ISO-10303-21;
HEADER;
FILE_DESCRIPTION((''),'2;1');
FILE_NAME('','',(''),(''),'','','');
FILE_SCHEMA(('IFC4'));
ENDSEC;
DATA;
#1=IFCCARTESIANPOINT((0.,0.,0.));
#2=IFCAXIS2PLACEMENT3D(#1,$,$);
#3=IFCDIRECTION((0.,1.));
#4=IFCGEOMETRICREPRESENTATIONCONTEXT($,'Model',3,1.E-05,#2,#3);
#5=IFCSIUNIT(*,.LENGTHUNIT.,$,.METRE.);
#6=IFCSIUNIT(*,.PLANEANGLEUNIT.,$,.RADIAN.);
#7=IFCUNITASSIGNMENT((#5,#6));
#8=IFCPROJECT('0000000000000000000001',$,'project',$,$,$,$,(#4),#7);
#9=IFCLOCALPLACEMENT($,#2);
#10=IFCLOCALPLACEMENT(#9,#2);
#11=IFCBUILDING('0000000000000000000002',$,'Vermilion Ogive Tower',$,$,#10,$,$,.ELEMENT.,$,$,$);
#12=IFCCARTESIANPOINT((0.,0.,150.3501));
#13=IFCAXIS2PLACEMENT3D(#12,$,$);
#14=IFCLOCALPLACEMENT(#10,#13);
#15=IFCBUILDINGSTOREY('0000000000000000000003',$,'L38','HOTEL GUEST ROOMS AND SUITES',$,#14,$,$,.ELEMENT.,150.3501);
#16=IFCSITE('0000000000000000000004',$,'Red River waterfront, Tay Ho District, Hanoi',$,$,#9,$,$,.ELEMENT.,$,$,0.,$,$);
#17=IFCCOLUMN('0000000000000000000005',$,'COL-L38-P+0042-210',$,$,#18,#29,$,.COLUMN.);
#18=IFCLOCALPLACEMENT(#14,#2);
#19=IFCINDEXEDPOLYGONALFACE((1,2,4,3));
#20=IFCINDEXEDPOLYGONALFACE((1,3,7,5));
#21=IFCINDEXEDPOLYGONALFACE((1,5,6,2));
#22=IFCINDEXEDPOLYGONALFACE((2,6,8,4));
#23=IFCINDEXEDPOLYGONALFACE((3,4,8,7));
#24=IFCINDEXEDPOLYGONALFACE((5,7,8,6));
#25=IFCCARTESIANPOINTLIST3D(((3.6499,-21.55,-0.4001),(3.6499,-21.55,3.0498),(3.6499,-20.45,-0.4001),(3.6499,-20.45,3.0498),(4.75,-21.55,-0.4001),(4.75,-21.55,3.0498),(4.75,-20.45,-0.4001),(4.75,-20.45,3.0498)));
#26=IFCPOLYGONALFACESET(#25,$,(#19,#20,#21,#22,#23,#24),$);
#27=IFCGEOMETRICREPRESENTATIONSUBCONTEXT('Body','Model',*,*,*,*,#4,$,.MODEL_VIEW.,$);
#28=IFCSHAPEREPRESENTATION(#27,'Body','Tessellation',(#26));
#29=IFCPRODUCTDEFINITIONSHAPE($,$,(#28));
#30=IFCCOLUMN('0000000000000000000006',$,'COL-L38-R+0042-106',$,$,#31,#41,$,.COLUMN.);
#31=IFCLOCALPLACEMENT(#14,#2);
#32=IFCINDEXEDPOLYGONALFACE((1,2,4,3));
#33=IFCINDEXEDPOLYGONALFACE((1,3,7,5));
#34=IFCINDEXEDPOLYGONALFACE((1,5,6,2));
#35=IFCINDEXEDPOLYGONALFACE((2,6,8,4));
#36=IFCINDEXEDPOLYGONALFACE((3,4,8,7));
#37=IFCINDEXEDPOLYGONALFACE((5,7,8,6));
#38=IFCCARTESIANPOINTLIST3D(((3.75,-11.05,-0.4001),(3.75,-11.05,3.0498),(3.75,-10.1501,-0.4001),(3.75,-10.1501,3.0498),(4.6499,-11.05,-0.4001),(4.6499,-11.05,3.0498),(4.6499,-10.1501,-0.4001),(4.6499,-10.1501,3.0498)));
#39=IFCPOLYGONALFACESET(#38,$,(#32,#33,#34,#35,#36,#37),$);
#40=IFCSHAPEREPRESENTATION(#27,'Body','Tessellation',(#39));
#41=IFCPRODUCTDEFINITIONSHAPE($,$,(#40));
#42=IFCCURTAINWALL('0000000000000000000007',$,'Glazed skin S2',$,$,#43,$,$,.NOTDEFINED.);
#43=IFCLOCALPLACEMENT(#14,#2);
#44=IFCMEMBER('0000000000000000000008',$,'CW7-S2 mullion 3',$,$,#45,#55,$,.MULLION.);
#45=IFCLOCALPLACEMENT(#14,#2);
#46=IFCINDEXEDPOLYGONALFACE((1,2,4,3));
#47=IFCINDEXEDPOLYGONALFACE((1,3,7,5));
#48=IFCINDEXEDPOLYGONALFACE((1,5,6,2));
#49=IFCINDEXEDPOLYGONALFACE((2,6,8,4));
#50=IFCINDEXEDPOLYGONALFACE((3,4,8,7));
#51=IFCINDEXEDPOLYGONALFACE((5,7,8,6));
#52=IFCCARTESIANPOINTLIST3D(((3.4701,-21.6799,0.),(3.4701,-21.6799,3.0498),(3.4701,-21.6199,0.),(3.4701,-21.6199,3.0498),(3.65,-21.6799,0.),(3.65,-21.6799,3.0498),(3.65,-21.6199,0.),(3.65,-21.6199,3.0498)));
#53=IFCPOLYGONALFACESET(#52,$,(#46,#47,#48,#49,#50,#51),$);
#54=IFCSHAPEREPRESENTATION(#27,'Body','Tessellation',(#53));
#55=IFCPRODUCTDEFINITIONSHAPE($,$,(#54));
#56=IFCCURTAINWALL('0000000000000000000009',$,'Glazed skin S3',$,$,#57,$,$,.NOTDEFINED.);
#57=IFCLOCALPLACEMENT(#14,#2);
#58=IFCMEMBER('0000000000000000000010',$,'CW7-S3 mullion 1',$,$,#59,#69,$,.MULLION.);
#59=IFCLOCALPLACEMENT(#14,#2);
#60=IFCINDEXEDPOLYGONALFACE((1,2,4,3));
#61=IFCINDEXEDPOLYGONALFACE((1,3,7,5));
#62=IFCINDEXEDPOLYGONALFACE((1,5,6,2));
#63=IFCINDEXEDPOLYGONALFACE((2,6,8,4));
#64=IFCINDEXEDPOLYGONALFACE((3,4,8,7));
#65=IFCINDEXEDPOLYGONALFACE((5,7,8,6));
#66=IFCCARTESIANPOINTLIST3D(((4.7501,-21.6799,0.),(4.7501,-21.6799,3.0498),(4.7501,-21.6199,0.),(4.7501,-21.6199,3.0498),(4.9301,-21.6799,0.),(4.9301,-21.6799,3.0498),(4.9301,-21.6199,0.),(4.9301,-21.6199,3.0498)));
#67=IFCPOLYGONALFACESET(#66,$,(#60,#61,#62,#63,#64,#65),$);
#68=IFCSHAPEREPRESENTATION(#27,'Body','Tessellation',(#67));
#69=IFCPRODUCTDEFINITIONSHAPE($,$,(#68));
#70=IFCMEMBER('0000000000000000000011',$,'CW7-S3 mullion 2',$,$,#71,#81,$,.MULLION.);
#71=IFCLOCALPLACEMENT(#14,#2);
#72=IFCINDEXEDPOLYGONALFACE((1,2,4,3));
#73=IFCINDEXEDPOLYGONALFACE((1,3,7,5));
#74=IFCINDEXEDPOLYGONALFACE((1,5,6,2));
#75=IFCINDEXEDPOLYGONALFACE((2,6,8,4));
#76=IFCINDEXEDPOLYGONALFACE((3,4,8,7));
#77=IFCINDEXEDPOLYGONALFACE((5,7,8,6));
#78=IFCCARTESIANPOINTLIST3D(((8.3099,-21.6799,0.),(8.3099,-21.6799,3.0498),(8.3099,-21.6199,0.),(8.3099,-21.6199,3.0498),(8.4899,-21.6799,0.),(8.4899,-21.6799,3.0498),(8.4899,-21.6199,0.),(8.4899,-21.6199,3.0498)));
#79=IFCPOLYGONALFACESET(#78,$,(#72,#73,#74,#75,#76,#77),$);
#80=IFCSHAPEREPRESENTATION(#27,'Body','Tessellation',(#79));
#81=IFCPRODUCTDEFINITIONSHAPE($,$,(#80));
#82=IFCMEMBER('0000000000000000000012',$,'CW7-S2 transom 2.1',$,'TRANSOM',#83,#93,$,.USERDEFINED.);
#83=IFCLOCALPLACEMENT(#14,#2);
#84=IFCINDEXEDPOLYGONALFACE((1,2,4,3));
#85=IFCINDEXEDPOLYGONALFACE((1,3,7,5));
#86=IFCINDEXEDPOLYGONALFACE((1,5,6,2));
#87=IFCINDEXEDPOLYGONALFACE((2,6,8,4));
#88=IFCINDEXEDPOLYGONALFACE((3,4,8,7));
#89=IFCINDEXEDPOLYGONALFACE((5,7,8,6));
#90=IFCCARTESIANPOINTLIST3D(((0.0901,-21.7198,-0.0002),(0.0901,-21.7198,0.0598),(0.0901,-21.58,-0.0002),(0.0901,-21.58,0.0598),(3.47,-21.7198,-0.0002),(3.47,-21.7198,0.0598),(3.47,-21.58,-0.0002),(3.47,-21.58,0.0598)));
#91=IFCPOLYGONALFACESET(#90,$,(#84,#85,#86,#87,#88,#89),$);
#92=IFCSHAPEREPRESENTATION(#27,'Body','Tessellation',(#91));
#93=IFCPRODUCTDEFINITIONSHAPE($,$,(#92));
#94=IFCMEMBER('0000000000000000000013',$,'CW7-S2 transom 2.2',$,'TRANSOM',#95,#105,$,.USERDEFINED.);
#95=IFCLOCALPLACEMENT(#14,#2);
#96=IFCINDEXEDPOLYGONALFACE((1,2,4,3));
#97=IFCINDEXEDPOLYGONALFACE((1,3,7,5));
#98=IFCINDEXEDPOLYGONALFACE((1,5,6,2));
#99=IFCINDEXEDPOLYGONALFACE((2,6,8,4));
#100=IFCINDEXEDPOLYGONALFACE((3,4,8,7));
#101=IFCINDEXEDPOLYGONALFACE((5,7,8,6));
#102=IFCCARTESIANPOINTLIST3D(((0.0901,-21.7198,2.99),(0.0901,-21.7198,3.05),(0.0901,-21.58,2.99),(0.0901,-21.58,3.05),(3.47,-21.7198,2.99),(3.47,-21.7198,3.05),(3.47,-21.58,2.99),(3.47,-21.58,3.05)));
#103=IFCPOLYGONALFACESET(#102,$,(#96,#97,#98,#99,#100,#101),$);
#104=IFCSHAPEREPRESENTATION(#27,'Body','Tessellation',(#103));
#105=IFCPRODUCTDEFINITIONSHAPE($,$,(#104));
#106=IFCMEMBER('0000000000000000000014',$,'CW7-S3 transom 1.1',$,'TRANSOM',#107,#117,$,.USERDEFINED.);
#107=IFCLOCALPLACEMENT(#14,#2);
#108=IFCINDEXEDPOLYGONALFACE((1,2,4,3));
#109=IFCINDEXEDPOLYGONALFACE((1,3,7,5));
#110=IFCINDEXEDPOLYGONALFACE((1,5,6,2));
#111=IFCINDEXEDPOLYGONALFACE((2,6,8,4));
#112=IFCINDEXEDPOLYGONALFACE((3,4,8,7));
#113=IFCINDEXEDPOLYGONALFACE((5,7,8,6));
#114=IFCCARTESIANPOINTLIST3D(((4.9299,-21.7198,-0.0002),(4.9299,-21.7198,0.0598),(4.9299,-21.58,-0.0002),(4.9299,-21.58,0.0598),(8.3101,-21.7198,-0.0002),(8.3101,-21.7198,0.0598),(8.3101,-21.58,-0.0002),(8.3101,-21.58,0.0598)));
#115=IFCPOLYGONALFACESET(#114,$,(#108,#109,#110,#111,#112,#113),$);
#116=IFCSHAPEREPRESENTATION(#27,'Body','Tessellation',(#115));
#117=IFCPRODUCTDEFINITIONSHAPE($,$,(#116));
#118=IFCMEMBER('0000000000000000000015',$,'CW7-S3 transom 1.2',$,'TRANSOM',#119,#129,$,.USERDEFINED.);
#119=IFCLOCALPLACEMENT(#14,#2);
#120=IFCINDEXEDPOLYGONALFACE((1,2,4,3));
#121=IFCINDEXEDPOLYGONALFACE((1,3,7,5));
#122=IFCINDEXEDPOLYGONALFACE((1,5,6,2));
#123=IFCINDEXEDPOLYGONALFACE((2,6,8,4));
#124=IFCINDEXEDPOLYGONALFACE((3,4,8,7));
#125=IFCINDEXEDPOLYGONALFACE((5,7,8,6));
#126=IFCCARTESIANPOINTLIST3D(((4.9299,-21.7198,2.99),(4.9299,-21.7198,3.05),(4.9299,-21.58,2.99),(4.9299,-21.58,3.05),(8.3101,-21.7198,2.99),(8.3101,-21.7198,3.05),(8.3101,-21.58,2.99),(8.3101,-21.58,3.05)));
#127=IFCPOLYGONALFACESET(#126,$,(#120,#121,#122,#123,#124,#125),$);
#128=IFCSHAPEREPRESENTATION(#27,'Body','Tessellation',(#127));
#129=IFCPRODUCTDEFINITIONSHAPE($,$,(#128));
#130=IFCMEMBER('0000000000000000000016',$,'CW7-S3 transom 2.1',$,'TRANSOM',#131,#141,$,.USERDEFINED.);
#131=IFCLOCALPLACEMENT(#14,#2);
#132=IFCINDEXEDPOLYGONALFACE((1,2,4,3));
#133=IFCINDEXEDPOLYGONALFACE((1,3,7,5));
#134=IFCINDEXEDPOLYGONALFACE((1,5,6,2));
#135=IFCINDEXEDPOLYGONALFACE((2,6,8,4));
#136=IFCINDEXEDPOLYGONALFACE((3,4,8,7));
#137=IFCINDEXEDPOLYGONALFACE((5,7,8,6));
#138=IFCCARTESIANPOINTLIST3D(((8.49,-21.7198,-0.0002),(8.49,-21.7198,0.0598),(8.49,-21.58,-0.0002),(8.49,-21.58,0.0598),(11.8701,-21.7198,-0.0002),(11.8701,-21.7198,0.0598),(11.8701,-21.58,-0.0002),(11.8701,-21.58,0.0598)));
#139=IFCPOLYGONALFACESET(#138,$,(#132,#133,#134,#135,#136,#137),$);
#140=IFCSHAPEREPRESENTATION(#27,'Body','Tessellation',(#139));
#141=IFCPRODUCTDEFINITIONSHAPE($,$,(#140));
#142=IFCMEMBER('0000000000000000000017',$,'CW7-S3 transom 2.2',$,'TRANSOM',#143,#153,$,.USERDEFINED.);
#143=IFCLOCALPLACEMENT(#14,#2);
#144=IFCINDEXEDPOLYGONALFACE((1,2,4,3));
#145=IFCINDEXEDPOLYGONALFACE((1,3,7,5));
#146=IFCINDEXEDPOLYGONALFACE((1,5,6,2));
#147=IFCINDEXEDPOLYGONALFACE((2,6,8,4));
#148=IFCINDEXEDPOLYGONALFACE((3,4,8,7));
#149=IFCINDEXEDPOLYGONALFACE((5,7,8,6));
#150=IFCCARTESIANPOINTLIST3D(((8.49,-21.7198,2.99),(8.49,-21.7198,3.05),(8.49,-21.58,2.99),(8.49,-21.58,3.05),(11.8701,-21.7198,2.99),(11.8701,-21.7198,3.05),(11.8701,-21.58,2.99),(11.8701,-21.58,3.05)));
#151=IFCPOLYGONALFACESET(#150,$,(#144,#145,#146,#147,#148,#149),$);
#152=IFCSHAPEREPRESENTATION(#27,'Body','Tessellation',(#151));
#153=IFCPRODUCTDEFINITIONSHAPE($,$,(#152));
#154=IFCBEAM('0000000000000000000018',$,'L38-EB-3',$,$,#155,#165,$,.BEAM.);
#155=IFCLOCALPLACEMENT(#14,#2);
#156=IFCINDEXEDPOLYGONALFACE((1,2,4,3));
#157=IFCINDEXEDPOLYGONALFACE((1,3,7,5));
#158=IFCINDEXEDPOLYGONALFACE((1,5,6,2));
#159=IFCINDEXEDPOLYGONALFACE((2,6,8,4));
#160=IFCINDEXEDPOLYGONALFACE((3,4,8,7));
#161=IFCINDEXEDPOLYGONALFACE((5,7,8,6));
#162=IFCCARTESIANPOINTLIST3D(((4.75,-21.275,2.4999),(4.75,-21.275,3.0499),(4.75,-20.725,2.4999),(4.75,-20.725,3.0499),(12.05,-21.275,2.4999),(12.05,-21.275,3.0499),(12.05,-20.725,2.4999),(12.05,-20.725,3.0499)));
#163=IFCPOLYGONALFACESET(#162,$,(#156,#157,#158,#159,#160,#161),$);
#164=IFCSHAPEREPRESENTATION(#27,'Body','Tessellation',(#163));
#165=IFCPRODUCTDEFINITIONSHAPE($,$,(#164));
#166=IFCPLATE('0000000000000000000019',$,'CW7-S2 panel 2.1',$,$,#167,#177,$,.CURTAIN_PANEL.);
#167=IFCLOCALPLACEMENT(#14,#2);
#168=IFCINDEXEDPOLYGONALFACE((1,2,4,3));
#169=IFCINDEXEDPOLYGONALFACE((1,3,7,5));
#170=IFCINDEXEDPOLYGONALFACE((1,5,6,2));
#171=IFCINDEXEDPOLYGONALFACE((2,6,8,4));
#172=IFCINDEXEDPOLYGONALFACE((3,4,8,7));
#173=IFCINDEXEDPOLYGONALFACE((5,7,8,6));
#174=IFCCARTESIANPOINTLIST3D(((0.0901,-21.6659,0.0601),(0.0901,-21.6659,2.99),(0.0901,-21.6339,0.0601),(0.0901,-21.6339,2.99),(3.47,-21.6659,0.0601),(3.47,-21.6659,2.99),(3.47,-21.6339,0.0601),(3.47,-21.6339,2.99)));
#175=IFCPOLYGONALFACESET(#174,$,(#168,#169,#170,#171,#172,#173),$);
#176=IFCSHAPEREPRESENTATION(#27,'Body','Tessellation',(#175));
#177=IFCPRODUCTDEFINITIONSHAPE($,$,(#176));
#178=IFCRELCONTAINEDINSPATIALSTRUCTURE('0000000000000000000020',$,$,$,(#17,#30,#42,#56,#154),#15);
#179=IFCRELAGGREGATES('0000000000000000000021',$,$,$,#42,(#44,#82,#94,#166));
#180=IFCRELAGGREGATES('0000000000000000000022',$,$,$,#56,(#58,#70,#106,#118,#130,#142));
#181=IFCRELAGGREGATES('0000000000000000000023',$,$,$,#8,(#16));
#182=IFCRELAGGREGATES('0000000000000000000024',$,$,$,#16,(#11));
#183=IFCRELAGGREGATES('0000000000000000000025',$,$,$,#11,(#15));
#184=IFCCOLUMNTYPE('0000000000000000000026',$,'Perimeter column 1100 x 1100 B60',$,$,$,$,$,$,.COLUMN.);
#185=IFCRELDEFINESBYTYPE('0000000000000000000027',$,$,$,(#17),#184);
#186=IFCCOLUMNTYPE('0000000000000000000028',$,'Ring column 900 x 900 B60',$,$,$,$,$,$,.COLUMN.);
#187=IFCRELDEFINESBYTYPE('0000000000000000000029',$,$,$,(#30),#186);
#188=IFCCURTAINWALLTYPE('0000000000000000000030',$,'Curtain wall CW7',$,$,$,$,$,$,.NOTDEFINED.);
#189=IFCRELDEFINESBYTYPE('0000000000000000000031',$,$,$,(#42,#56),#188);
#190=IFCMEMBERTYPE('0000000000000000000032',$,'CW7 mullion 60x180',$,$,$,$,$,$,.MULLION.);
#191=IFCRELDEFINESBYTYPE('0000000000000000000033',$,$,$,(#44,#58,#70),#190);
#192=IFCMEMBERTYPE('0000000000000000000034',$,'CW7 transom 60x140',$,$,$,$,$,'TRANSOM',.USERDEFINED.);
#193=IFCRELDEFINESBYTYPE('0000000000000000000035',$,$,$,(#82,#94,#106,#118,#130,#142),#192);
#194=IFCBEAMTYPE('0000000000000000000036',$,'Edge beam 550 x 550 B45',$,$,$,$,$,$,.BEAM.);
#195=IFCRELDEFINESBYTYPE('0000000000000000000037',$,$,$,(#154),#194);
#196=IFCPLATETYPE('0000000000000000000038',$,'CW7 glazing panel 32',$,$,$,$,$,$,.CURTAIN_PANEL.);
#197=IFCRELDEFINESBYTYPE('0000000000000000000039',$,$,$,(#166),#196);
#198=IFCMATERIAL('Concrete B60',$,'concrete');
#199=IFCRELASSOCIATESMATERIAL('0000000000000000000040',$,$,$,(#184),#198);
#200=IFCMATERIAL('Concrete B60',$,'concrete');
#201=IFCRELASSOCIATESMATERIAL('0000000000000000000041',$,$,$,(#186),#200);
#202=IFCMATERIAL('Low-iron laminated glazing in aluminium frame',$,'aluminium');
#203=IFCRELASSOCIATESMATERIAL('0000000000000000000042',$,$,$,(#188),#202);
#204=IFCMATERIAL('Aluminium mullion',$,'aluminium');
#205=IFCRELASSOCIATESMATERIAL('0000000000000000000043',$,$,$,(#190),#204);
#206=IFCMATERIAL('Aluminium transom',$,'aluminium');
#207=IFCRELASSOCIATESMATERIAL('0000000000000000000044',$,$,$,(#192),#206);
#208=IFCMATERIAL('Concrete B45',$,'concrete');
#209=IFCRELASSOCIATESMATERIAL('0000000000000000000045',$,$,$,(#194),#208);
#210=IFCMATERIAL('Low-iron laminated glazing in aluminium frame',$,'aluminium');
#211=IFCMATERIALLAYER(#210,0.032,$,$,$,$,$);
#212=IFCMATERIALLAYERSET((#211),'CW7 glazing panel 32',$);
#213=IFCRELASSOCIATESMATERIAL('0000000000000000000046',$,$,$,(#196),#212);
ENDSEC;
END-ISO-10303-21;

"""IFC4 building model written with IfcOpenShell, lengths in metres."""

from ifc_helpers import new_model, si_unit, direction, frame, origin, origin_2d, place, context, subcontext, project, spatial, rectangle, extrude, material, layer, layer_set, material_profile, profile_set, type_object, element, aggregate, save


model = new_model("IFC4")

# Units and contexts
model_context = context("Model", 3, precision=1e-05, world=origin(), true_north=direction((0.0, 1.0)))
body_context = subcontext(model_context, "Body", "Model", "MODEL_VIEW")
ifc_project = project(units=[si_unit("LENGTHUNIT", "METRE"), si_unit("PLANEANGLEUNIT", "RADIAN")], contexts=[model_context])

# Site, building, storey
site_placement = place(None, origin())
site = spatial("IfcSite", under=ifc_project, at=site_placement, Name="Red River waterfront, Tay Ho District, Hanoi", CompositionType="ELEMENT", RefElevation=0.0)
building_placement = place(site_placement, origin())
building = spatial("IfcBuilding", under=site, at=building_placement, Name="Vermilion Ogive Tower", CompositionType="ELEMENT")
storey_placement = place(building_placement, frame((0.0, 0.0, 150.3501)))
storey = spatial("IfcBuildingStorey", under=building, at=storey_placement, Name="L38", Description="HOTEL GUEST ROOMS AND SUITES", CompositionType="ELEMENT", Elevation=150.3501)

# Columns
ifc_material_1 = material(Name="Concrete B60", Category="concrete")
ifc_material_profile_1 = material_profile(ifc_material_1, rectangle(XDim=1.1001, YDim=1.1001, at=origin_2d()), Name="1100 x 1100")
ifc_profile_set_1 = profile_set([ifc_material_profile_1], Name="Concrete B60")
column_type_1 = type_object("IfcColumnType", Name="Perimeter column 1100 x 1100 B60", PredefinedType="COLUMN", material=ifc_profile_set_1)
column_1_placement = place(storey_placement, frame((4.2, -21.0, -0.4001), z_axis=(0.0, 0.0, 1.0), x_axis=(1.0, 0.0, 0.0)))
element("IfcColumn", 1, at=column_1_placement, inside=storey, type_object=column_type_1, Name="COL-L38-P+0042-210", PredefinedType="COLUMN", context=body_context, shape_type="SweptSolid", body=[
    extrude(rectangle(XDim=1.1001, YDim=1.1001, at=origin_2d()), origin(), (0.0, 0.0, 1.0), 3.45),
])
ifc_material_2 = material(Name="Concrete B60", Category="concrete")
ifc_material_profile_2 = material_profile(ifc_material_2, rectangle(XDim=0.8999, YDim=0.8999, at=origin_2d()), Name="900 x 900")
ifc_profile_set_2 = profile_set([ifc_material_profile_2], Name="Concrete B60")
column_type_2 = type_object("IfcColumnType", Name="Ring column 900 x 900 B60", PredefinedType="COLUMN", material=ifc_profile_set_2)
column_2_placement = place(storey_placement, frame((4.2, -10.6001, -0.4001), z_axis=(0.0, 0.0, 1.0), x_axis=(1.0, 0.0, 0.0)))
element("IfcColumn", 2, at=column_2_placement, inside=storey, type_object=column_type_2, Name="COL-L38-R+0042-106", PredefinedType="COLUMN", context=body_context, shape_type="SweptSolid", body=[
    extrude(rectangle(XDim=0.8999, YDim=0.8999, at=origin_2d()), origin(), (0.0, 0.0, 1.0), 3.45),
])

# Curtain wall, member
ifc_material_3 = material(Name="Low-iron laminated glazing in aluminium frame", Category="aluminium")
curtain_wall_type = type_object("IfcCurtainWallType", Name="Curtain wall CW7", PredefinedType="NOTDEFINED", material=ifc_material_3)
curtain_wall_1_placement = place(storey_placement, origin())
curtain_wall_1 = element("IfcCurtainWall", 3, at=curtain_wall_1_placement, inside=storey, type_object=curtain_wall_type, Name="Glazed skin S2", PredefinedType="NOTDEFINED")
ifc_material_4 = material(Name="Aluminium mullion", Category="aluminium")
ifc_material_profile_3 = material_profile(ifc_material_4, rectangle(XDim=0.0601, YDim=0.1799, at=origin_2d()), Name="AL 60x180")
ifc_profile_set_3 = profile_set([ifc_material_profile_3], Name="Aluminium mullion")
member_type_1 = type_object("IfcMemberType", Name="CW7 mullion 60x180", PredefinedType="MULLION", material=ifc_profile_set_3)
member_1_placement = place(storey_placement, frame((3.5601, -21.6499, 0.0), z_axis=(0.0, 0.0, 1.0), x_axis=(0.0, 1.0, 0.0)))
member_1 = element("IfcMember", 4, at=member_1_placement, type_object=member_type_1, Name="CW7-S2 mullion 3", PredefinedType="MULLION", context=body_context, shape_type="SweptSolid", body=[
    extrude(rectangle(XDim=0.0601, YDim=0.1799, at=origin_2d()), origin(), (0.0, 0.0, 1.0), 3.0498),
])

# Curtain wall, members
curtain_wall_2_placement = place(storey_placement, origin())
curtain_wall_2 = element("IfcCurtainWall", 5, at=curtain_wall_2_placement, inside=storey, type_object=curtain_wall_type, Name="Glazed skin S3", PredefinedType="NOTDEFINED")
member_2_placement = place(storey_placement, frame((4.8401, -21.6499, 0.0), z_axis=(0.0, 0.0, 1.0), x_axis=(0.0, 1.0, 0.0)))
member_2 = element("IfcMember", 6, at=member_2_placement, type_object=member_type_1, Name="CW7-S3 mullion 1", PredefinedType="MULLION", context=body_context, shape_type="SweptSolid", body=[
    extrude(rectangle(XDim=0.0601, YDim=0.1799, at=origin_2d()), origin(), (0.0, 0.0, 1.0), 3.0498),
])
member_3_placement = place(storey_placement, frame((8.3999, -21.6499, 0.0), z_axis=(0.0, 0.0, 1.0), x_axis=(0.0, 1.0, 0.0)))
member_3 = element("IfcMember", 7, at=member_3_placement, type_object=member_type_1, Name="CW7-S3 mullion 2", PredefinedType="MULLION", context=body_context, shape_type="SweptSolid", body=[
    extrude(rectangle(XDim=0.0601, YDim=0.1799, at=origin_2d()), origin(), (0.0, 0.0, 1.0), 3.0498),
])

# Members
ifc_material_5 = material(Name="Aluminium transom", Category="aluminium")
ifc_material_profile_4 = material_profile(ifc_material_5, rectangle(XDim=0.1399, YDim=0.0601, at=origin_2d()), Name="AL 60x140")
ifc_profile_set_4 = profile_set([ifc_material_profile_4], Name="Aluminium transom")
member_type_2 = type_object("IfcMemberType", Name="CW7 transom 60x140", ElementType="TRANSOM", PredefinedType="USERDEFINED", material=ifc_profile_set_4)
member_4_placement = place(storey_placement, frame((0.0901, -21.6499, 0.0298), z_axis=(1.0, 0.0, 0.0), x_axis=(0.0, 1.0, 0.0)))
member_4 = element("IfcMember", 8, at=member_4_placement, type_object=member_type_2, Name="CW7-S2 transom 2.1", ObjectType="TRANSOM", PredefinedType="USERDEFINED", context=body_context, shape_type="SweptSolid", body=[
    extrude(rectangle(XDim=0.1399, YDim=0.0601, at=origin_2d()), origin(), (0.0, 0.0, 1.0), 3.3799),
])
member_5_placement = place(storey_placement, frame((0.0901, -21.6499, 3.02), z_axis=(1.0, 0.0, 0.0), x_axis=(0.0, 1.0, 0.0)))
member_5 = element("IfcMember", 9, at=member_5_placement, type_object=member_type_2, Name="CW7-S2 transom 2.2", ObjectType="TRANSOM", PredefinedType="USERDEFINED", context=body_context, shape_type="SweptSolid", body=[
    extrude(rectangle(XDim=0.1399, YDim=0.0601, at=origin_2d()), origin(), (0.0, 0.0, 1.0), 3.3799),
])
member_6_placement = place(storey_placement, frame((4.9299, -21.6499, 0.0298), z_axis=(1.0, 0.0, 0.0), x_axis=(0.0, 1.0, 0.0)))
member_6 = element("IfcMember", 10, at=member_6_placement, type_object=member_type_2, Name="CW7-S3 transom 1.1", ObjectType="TRANSOM", PredefinedType="USERDEFINED", context=body_context, shape_type="SweptSolid", body=[
    extrude(rectangle(XDim=0.1399, YDim=0.0601, at=origin_2d()), origin(), (0.0, 0.0, 1.0), 3.3801),
])
member_7_placement = place(storey_placement, frame((4.9299, -21.6499, 3.02), z_axis=(1.0, 0.0, 0.0), x_axis=(0.0, 1.0, 0.0)))
member_7 = element("IfcMember", 11, at=member_7_placement, type_object=member_type_2, Name="CW7-S3 transom 1.2", ObjectType="TRANSOM", PredefinedType="USERDEFINED", context=body_context, shape_type="SweptSolid", body=[
    extrude(rectangle(XDim=0.1399, YDim=0.0601, at=origin_2d()), origin(), (0.0, 0.0, 1.0), 3.3801),
])
member_8_placement = place(storey_placement, frame((8.49, -21.6499, 0.0298), z_axis=(1.0, 0.0, 0.0), x_axis=(0.0, 1.0, 0.0)))
member_8 = element("IfcMember", 12, at=member_8_placement, type_object=member_type_2, Name="CW7-S3 transom 2.1", ObjectType="TRANSOM", PredefinedType="USERDEFINED", context=body_context, shape_type="SweptSolid", body=[
    extrude(rectangle(XDim=0.1399, YDim=0.0601, at=origin_2d()), origin(), (0.0, 0.0, 1.0), 3.3801),
])
member_9_placement = place(storey_placement, frame((8.49, -21.6499, 3.02), z_axis=(1.0, 0.0, 0.0), x_axis=(0.0, 1.0, 0.0)))
member_9 = element("IfcMember", 13, at=member_9_placement, type_object=member_type_2, Name="CW7-S3 transom 2.2", ObjectType="TRANSOM", PredefinedType="USERDEFINED", context=body_context, shape_type="SweptSolid", body=[
    extrude(rectangle(XDim=0.1399, YDim=0.0601, at=origin_2d()), origin(), (0.0, 0.0, 1.0), 3.3801),
])

# Beam
ifc_material_6 = material(Name="Concrete B45", Category="concrete")
ifc_material_profile_5 = material_profile(ifc_material_6, rectangle(XDim=0.55, YDim=0.55, at=origin_2d()), Name="550 x 550")
ifc_profile_set_5 = profile_set([ifc_material_profile_5], Name="Concrete B45")
beam_type = type_object("IfcBeamType", Name="Edge beam 550 x 550 B45", PredefinedType="BEAM", material=ifc_profile_set_5)
beam_placement = place(storey_placement, frame((4.75, -21.0, 2.7749), z_axis=(1.0, 0.0, 0.0), x_axis=(0.0, 1.0, 0.0)))
element("IfcBeam", 14, at=beam_placement, inside=storey, type_object=beam_type, Name="L38-EB-3", PredefinedType="BEAM", context=body_context, shape_type="SweptSolid", body=[
    extrude(rectangle(XDim=0.55, YDim=0.55, at=origin_2d()), origin(), (0.0, 0.0, 1.0), 7.3),
])

# Plate
ifc_material_7 = material(Name="Low-iron laminated glazing in aluminium frame", Category="aluminium")
ifc_layer_1 = layer(ifc_material_7, 0.032)
ifc_layer_set_1 = layer_set([ifc_layer_1], Name="CW7 glazing panel 32")
plate_type = type_object("IfcPlateType", Name="CW7 glazing panel 32", PredefinedType="CURTAIN_PANEL", material=ifc_layer_set_1)
plate_1_placement = place(storey_placement, frame((1.78, -21.6499, 0.0601), z_axis=(0.0, 0.0, 1.0), x_axis=(1.0, 0.0, 0.0)))
plate_1 = element("IfcPlate", 15, at=plate_1_placement, type_object=plate_type, Name="CW7-S2 panel 2.1", PredefinedType="CURTAIN_PANEL", context=body_context, shape_type="SweptSolid", body=[
    extrude(rectangle(XDim=3.3799, YDim=0.032, at=origin_2d()), origin(), (0.0, 0.0, 1.0), 2.9299),
])
aggregate(curtain_wall_1, [member_1, member_4, member_5, plate_1])
aggregate(curtain_wall_2, [member_2, member_3, member_6, member_7, member_8, member_9])

save(model, "model.ifc")
